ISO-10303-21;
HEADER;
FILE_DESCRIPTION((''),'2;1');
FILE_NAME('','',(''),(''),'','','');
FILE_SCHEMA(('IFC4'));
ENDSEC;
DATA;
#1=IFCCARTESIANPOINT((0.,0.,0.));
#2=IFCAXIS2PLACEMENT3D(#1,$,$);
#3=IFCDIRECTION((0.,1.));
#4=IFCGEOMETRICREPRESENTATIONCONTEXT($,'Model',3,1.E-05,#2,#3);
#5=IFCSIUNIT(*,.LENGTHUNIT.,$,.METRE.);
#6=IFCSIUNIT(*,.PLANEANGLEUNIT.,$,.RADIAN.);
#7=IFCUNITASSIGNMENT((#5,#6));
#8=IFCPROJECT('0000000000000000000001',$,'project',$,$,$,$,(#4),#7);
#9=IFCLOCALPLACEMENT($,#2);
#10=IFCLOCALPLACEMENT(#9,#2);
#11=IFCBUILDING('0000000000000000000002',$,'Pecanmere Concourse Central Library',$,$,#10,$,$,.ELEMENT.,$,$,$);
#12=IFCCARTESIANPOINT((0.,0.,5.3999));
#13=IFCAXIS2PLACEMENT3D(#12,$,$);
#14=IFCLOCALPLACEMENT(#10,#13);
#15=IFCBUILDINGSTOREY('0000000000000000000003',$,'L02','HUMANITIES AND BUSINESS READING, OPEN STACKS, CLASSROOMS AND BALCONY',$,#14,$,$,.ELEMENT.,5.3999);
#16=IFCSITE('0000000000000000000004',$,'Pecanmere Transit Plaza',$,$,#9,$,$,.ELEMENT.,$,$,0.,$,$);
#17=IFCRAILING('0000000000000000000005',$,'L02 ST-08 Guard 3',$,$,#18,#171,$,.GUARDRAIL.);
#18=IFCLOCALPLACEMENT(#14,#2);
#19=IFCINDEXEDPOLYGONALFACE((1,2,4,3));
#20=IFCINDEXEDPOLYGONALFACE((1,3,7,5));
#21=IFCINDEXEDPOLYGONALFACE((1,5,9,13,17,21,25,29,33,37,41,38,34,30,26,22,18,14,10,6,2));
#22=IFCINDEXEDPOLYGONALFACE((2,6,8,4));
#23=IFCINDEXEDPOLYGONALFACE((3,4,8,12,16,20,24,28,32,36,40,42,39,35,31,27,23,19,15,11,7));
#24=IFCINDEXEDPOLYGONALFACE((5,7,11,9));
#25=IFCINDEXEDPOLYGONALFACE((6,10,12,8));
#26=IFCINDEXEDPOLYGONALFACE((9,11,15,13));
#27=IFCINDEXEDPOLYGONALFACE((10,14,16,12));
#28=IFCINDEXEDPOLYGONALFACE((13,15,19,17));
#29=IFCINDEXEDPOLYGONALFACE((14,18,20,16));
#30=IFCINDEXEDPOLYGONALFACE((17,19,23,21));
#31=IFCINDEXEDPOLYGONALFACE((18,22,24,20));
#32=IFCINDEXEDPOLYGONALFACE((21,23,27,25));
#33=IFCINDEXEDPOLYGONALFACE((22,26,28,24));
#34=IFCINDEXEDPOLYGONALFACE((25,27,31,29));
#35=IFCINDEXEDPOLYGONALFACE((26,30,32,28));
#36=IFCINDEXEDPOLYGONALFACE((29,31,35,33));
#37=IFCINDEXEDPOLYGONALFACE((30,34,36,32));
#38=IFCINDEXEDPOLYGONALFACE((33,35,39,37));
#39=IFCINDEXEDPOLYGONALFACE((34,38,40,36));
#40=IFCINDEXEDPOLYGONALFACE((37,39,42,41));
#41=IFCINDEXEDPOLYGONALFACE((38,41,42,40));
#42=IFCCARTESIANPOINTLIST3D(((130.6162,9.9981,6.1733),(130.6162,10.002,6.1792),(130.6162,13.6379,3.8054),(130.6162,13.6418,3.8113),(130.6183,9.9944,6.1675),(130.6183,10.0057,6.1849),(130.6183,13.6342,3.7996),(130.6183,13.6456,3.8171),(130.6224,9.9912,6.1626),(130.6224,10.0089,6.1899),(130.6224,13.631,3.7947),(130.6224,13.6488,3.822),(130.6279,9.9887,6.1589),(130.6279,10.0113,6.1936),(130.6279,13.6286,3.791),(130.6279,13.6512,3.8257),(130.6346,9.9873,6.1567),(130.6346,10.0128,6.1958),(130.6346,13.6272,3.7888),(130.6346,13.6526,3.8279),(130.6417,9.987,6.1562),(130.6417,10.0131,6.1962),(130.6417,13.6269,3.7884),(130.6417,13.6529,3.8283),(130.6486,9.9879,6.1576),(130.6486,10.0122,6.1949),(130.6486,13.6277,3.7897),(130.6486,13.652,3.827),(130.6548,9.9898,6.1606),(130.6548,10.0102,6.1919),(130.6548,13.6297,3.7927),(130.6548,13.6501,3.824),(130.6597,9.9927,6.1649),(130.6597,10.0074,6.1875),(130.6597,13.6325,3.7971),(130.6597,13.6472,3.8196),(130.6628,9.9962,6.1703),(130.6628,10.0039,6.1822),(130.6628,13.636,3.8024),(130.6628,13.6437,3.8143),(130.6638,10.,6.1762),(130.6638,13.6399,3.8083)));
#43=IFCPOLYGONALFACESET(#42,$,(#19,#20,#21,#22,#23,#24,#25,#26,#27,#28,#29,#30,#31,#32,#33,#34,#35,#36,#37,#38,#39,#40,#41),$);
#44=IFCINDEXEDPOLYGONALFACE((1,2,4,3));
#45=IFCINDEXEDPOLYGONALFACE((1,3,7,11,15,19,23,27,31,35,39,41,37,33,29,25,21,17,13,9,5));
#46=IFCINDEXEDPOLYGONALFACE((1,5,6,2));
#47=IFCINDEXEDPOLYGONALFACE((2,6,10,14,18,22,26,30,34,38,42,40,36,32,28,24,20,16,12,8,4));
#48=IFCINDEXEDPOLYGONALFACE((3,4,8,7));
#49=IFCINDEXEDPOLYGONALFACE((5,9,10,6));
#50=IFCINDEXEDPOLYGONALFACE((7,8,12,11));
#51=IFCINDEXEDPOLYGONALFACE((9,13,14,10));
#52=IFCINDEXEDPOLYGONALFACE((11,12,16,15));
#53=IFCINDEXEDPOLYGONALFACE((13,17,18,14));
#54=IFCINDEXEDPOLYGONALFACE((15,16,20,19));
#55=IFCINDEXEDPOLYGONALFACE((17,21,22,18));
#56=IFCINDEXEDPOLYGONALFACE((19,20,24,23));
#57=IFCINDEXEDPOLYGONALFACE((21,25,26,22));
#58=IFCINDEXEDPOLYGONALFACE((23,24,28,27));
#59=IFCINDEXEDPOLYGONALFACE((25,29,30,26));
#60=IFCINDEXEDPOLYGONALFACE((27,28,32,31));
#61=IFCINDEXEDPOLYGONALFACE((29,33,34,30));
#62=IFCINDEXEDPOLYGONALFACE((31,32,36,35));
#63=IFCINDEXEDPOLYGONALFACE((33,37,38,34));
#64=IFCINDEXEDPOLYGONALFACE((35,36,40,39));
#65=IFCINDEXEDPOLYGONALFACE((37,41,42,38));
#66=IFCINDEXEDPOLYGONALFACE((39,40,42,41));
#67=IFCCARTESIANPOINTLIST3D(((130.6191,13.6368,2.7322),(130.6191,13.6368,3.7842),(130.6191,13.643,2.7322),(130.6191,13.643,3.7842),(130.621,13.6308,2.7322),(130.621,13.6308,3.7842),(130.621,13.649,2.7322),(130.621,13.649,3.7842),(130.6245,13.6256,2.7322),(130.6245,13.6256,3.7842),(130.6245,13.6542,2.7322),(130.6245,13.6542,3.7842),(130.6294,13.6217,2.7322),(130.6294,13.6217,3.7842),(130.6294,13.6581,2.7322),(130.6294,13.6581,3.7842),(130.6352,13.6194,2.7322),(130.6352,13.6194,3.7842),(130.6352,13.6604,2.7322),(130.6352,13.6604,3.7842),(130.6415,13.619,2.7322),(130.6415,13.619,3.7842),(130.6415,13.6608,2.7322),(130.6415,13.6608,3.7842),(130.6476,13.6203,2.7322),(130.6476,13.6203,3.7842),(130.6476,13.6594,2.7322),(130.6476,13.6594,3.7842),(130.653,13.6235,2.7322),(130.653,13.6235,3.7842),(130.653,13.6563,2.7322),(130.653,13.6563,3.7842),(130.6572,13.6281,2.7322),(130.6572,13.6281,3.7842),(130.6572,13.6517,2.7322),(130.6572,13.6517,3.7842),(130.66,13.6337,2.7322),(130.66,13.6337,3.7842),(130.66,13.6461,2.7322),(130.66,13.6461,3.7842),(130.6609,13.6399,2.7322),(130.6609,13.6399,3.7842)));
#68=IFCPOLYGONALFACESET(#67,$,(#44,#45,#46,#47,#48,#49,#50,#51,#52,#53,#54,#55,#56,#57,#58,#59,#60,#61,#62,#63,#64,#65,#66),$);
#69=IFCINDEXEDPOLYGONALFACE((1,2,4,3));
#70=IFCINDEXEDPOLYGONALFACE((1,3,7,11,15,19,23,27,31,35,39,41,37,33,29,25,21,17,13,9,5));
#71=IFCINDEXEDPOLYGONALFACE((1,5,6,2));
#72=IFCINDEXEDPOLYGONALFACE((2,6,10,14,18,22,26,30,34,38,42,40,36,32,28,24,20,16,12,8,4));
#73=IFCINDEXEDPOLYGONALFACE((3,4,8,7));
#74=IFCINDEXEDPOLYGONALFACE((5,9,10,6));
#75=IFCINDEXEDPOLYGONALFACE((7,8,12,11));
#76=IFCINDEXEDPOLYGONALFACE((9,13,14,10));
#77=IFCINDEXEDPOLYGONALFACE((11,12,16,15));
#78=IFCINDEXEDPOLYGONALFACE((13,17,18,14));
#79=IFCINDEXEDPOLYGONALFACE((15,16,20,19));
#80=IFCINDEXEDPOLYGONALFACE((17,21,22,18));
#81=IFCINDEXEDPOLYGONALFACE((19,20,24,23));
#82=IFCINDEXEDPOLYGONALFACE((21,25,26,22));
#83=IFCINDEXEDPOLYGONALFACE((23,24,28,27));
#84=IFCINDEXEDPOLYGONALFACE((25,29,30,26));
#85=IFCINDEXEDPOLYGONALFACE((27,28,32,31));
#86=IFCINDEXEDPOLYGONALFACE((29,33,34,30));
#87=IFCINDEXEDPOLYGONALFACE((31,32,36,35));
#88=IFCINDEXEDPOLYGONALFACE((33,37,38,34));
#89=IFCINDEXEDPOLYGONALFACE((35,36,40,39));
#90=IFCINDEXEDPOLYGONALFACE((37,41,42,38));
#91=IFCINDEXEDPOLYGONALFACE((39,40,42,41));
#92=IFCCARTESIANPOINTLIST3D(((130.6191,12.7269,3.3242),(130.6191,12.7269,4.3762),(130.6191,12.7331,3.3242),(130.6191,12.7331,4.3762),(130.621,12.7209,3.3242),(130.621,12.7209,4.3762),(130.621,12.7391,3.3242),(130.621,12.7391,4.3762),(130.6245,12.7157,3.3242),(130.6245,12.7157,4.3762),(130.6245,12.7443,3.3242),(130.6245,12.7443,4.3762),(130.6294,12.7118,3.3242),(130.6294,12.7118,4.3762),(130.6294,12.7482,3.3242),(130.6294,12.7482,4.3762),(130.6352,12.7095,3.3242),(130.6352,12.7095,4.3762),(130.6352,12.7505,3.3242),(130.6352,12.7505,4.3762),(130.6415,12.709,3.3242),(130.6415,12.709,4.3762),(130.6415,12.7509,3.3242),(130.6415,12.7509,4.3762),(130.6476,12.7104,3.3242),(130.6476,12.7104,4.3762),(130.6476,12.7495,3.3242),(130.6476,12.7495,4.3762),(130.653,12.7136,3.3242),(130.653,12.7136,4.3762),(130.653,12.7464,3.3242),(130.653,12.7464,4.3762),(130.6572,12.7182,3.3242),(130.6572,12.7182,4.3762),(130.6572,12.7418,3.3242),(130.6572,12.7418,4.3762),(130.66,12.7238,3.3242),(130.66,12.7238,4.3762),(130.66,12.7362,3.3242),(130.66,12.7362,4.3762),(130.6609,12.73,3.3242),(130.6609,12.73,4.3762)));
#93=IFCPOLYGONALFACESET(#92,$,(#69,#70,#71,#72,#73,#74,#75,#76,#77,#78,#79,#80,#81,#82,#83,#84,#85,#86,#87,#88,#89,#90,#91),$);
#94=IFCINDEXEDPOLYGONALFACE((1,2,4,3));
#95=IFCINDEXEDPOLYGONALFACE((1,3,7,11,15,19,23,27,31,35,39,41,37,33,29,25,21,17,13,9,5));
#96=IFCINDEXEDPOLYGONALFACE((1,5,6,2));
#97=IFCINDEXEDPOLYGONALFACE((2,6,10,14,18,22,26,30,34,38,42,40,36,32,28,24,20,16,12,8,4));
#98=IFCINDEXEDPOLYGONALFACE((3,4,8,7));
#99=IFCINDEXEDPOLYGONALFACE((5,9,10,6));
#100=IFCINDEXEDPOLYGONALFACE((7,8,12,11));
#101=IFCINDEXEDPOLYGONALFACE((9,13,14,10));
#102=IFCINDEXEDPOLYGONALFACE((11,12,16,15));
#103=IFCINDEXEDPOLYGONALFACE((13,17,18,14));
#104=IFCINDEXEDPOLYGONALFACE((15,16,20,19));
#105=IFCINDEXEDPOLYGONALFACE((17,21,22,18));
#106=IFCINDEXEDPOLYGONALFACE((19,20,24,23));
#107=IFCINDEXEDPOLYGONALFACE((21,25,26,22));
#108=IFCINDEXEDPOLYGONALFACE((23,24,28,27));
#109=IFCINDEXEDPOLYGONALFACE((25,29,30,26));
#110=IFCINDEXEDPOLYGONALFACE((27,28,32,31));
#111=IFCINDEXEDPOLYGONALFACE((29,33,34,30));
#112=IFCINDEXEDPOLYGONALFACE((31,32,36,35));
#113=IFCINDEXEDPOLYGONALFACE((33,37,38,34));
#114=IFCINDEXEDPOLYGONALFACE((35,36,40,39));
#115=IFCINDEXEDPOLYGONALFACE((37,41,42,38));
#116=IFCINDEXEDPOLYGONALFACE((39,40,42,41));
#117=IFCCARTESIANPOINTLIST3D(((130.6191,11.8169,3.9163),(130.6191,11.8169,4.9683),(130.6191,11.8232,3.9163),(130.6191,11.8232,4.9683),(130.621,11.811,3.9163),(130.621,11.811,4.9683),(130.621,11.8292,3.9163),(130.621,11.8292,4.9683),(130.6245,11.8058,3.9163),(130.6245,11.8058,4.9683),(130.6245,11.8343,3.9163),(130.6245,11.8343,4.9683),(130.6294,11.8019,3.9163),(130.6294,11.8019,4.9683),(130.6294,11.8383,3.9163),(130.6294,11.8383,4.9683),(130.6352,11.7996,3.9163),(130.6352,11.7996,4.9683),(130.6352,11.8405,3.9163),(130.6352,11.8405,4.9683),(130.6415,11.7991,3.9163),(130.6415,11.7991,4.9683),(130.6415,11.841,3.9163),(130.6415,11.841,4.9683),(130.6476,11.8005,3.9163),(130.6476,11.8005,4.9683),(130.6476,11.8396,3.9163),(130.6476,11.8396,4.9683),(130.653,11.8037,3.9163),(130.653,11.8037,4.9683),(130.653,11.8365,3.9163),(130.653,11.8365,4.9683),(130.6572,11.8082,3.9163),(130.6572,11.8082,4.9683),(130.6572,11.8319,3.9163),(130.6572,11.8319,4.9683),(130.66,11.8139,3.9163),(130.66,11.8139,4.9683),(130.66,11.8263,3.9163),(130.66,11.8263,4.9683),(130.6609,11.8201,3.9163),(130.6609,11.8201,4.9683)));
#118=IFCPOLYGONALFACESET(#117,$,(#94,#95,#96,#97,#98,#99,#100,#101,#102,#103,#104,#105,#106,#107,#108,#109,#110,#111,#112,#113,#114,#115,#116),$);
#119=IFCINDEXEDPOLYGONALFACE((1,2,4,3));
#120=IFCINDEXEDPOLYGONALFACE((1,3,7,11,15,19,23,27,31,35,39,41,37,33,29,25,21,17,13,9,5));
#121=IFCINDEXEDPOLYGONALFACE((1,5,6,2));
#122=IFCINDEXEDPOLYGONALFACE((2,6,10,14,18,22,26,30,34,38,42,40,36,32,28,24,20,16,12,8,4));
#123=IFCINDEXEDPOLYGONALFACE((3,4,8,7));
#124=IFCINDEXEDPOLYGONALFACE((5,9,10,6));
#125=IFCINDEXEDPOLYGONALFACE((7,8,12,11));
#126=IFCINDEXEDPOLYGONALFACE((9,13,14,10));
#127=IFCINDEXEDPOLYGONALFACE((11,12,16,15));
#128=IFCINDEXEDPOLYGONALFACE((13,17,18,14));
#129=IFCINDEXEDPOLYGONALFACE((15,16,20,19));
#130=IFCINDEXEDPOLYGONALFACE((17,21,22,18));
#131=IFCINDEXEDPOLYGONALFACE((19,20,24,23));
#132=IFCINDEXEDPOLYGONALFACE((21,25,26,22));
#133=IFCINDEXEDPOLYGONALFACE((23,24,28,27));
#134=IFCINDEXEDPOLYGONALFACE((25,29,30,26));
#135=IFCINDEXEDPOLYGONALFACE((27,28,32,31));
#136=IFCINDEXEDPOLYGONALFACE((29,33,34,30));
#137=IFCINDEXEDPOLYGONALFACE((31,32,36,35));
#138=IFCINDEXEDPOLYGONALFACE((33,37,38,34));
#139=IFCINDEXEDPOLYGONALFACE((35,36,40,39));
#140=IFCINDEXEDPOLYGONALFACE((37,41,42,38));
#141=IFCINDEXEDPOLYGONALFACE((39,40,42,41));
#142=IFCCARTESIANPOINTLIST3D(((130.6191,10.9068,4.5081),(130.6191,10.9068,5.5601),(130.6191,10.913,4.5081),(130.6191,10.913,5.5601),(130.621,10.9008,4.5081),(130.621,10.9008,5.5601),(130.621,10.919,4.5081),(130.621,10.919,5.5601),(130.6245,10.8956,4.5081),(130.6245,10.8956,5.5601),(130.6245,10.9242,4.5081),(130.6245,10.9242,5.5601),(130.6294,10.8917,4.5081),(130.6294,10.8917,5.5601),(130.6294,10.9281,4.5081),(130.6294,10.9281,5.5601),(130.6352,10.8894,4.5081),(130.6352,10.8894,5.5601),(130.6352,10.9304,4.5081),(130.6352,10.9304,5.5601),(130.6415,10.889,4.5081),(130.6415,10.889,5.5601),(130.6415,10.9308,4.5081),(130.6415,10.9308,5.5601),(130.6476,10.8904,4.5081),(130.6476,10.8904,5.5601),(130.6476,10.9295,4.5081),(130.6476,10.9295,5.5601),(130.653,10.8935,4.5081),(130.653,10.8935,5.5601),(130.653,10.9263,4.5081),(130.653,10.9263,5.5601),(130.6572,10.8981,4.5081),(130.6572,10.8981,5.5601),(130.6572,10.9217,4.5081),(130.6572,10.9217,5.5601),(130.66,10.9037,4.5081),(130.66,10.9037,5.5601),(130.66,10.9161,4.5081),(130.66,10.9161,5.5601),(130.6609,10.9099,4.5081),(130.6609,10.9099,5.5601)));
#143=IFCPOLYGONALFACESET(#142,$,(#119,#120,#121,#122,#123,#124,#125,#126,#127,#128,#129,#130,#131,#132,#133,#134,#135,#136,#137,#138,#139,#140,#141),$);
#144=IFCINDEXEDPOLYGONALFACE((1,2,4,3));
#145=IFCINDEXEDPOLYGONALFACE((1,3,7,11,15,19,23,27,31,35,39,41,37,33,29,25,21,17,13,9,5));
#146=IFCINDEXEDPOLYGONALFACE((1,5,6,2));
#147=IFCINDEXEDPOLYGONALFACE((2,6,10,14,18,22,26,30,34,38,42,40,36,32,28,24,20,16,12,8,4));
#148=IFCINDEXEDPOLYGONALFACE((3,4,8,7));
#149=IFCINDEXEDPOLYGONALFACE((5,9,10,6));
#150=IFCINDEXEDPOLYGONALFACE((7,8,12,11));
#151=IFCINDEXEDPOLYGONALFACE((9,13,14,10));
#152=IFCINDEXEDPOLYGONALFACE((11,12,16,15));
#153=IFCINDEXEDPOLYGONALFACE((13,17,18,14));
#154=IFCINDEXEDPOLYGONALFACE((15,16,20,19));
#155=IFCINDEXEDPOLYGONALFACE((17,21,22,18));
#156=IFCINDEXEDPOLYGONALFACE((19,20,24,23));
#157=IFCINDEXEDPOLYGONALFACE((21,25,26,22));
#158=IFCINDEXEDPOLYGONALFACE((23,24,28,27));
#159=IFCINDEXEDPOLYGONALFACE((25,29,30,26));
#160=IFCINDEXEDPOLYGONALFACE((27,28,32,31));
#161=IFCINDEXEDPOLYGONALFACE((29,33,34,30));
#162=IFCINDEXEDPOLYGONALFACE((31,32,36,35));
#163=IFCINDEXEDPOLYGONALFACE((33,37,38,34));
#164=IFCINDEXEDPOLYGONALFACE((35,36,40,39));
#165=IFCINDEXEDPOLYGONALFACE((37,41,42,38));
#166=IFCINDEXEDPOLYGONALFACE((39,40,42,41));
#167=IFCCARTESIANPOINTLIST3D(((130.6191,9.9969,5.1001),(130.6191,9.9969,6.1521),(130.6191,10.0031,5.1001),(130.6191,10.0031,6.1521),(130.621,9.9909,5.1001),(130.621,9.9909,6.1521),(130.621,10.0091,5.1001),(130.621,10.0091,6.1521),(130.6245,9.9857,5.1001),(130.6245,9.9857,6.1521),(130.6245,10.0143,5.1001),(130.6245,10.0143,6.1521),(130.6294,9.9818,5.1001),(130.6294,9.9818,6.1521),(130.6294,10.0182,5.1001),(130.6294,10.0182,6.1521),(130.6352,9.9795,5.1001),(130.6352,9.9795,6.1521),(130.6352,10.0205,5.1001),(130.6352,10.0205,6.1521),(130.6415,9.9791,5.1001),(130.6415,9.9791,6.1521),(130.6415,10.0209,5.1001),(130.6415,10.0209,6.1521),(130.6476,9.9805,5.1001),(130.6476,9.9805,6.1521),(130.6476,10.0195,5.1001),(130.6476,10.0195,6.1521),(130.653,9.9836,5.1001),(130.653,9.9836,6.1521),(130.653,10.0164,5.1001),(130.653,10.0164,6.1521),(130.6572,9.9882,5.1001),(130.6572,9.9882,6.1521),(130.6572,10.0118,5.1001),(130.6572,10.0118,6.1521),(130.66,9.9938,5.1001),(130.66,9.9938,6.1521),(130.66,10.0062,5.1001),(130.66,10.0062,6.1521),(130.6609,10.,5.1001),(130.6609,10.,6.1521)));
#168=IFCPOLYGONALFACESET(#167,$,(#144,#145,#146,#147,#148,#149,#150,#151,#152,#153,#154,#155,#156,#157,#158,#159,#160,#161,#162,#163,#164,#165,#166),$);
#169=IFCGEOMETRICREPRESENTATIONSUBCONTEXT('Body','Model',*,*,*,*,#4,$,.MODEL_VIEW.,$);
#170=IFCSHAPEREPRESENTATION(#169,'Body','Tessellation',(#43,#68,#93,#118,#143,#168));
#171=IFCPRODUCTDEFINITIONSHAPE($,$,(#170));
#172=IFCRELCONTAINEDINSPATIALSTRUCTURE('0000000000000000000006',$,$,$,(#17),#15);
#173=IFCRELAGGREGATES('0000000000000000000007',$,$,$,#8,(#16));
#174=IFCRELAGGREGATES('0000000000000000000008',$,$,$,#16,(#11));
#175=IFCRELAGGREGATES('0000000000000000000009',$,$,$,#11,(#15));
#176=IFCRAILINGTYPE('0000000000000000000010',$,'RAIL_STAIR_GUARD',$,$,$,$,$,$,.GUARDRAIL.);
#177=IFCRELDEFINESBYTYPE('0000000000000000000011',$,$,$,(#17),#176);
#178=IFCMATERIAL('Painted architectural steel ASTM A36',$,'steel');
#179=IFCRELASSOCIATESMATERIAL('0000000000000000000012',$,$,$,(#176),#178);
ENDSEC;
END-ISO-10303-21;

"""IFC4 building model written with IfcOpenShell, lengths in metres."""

from ifc_helpers import new_model, si_unit, direction, frame, origin, origin_2d, place, context, subcontext, project, spatial, circle, extrude, material, type_object, element, save


model = new_model("IFC4")

# Units and contexts
model_context = context("Model", 3, precision=1e-05, world=origin(), true_north=direction((0.0, 1.0)))
body_context = subcontext(model_context, "Body", "Model", "MODEL_VIEW")
ifc_project = project(units=[si_unit("LENGTHUNIT", "METRE"), si_unit("PLANEANGLEUNIT", "RADIAN")], contexts=[model_context])

# Site, building, storey
site_placement = place(None, origin())
site = spatial("IfcSite", under=ifc_project, at=site_placement, Name="Pecanmere Transit Plaza", CompositionType="ELEMENT", RefElevation=0.0)
building_placement = place(site_placement, origin())
building = spatial("IfcBuilding", under=site, at=building_placement, Name="Pecanmere Concourse Central Library", CompositionType="ELEMENT")
storey_placement = place(building_placement, frame((0.0, 0.0, 5.3999)))
storey = spatial("IfcBuildingStorey", under=building, at=storey_placement, Name="L02", Description="HUMANITIES AND BUSINESS READING, OPEN STACKS, CLASSROOMS AND BALCONY", CompositionType="ELEMENT", Elevation=5.3999)

# Railing
ifc_material_1 = material(Name="Painted architectural steel ASTM A36", Category="steel")
railing_type_1 = type_object("IfcRailingType", Name="RAIL_STAIR_GUARD", PredefinedType="GUARDRAIL", material=ifc_material_1)
railing_1_placement = place(storey_placement, frame((130.6399, 13.6399, 2.7322)))
element("IfcRailing", 1, at=railing_1_placement, inside=storey, type_object=railing_type_1, Name="L02 ST-08 Guard 3", PredefinedType="GUARDRAIL", context=body_context, shape_type="SweptSolid", body=[
    extrude(circle(Radius=0.0239, at=origin_2d()), frame((0.0, 0.0, 1.0762), z_axis=(0.0, -0.838234, 0.54531), x_axis=(1.0, 0.0, 0.0)), (0.0, 0.0, 1.0), 4.3423),
    extrude(circle(Radius=0.021, at=origin_2d()), origin(), (0.0, 0.0, 1.0), 1.052),
    extrude(circle(Radius=0.021, at=origin_2d()), frame((0.0, -0.9099, 0.592)), (0.0, 0.0, 1.0), 1.052),
    extrude(circle(Radius=0.021, at=origin_2d()), frame((0.0, -1.8198, 1.1841)), (0.0, 0.0, 1.0), 1.052),
    extrude(circle(Radius=0.021, at=origin_2d()), frame((0.0, -2.73, 1.7759)), (0.0, 0.0, 1.0), 1.052),
    extrude(circle(Radius=0.021, at=origin_2d()), frame((0.0, -3.6399, 2.3679)), (0.0, 0.0, 1.0), 1.052),
])

save(model, "model.ifc")
